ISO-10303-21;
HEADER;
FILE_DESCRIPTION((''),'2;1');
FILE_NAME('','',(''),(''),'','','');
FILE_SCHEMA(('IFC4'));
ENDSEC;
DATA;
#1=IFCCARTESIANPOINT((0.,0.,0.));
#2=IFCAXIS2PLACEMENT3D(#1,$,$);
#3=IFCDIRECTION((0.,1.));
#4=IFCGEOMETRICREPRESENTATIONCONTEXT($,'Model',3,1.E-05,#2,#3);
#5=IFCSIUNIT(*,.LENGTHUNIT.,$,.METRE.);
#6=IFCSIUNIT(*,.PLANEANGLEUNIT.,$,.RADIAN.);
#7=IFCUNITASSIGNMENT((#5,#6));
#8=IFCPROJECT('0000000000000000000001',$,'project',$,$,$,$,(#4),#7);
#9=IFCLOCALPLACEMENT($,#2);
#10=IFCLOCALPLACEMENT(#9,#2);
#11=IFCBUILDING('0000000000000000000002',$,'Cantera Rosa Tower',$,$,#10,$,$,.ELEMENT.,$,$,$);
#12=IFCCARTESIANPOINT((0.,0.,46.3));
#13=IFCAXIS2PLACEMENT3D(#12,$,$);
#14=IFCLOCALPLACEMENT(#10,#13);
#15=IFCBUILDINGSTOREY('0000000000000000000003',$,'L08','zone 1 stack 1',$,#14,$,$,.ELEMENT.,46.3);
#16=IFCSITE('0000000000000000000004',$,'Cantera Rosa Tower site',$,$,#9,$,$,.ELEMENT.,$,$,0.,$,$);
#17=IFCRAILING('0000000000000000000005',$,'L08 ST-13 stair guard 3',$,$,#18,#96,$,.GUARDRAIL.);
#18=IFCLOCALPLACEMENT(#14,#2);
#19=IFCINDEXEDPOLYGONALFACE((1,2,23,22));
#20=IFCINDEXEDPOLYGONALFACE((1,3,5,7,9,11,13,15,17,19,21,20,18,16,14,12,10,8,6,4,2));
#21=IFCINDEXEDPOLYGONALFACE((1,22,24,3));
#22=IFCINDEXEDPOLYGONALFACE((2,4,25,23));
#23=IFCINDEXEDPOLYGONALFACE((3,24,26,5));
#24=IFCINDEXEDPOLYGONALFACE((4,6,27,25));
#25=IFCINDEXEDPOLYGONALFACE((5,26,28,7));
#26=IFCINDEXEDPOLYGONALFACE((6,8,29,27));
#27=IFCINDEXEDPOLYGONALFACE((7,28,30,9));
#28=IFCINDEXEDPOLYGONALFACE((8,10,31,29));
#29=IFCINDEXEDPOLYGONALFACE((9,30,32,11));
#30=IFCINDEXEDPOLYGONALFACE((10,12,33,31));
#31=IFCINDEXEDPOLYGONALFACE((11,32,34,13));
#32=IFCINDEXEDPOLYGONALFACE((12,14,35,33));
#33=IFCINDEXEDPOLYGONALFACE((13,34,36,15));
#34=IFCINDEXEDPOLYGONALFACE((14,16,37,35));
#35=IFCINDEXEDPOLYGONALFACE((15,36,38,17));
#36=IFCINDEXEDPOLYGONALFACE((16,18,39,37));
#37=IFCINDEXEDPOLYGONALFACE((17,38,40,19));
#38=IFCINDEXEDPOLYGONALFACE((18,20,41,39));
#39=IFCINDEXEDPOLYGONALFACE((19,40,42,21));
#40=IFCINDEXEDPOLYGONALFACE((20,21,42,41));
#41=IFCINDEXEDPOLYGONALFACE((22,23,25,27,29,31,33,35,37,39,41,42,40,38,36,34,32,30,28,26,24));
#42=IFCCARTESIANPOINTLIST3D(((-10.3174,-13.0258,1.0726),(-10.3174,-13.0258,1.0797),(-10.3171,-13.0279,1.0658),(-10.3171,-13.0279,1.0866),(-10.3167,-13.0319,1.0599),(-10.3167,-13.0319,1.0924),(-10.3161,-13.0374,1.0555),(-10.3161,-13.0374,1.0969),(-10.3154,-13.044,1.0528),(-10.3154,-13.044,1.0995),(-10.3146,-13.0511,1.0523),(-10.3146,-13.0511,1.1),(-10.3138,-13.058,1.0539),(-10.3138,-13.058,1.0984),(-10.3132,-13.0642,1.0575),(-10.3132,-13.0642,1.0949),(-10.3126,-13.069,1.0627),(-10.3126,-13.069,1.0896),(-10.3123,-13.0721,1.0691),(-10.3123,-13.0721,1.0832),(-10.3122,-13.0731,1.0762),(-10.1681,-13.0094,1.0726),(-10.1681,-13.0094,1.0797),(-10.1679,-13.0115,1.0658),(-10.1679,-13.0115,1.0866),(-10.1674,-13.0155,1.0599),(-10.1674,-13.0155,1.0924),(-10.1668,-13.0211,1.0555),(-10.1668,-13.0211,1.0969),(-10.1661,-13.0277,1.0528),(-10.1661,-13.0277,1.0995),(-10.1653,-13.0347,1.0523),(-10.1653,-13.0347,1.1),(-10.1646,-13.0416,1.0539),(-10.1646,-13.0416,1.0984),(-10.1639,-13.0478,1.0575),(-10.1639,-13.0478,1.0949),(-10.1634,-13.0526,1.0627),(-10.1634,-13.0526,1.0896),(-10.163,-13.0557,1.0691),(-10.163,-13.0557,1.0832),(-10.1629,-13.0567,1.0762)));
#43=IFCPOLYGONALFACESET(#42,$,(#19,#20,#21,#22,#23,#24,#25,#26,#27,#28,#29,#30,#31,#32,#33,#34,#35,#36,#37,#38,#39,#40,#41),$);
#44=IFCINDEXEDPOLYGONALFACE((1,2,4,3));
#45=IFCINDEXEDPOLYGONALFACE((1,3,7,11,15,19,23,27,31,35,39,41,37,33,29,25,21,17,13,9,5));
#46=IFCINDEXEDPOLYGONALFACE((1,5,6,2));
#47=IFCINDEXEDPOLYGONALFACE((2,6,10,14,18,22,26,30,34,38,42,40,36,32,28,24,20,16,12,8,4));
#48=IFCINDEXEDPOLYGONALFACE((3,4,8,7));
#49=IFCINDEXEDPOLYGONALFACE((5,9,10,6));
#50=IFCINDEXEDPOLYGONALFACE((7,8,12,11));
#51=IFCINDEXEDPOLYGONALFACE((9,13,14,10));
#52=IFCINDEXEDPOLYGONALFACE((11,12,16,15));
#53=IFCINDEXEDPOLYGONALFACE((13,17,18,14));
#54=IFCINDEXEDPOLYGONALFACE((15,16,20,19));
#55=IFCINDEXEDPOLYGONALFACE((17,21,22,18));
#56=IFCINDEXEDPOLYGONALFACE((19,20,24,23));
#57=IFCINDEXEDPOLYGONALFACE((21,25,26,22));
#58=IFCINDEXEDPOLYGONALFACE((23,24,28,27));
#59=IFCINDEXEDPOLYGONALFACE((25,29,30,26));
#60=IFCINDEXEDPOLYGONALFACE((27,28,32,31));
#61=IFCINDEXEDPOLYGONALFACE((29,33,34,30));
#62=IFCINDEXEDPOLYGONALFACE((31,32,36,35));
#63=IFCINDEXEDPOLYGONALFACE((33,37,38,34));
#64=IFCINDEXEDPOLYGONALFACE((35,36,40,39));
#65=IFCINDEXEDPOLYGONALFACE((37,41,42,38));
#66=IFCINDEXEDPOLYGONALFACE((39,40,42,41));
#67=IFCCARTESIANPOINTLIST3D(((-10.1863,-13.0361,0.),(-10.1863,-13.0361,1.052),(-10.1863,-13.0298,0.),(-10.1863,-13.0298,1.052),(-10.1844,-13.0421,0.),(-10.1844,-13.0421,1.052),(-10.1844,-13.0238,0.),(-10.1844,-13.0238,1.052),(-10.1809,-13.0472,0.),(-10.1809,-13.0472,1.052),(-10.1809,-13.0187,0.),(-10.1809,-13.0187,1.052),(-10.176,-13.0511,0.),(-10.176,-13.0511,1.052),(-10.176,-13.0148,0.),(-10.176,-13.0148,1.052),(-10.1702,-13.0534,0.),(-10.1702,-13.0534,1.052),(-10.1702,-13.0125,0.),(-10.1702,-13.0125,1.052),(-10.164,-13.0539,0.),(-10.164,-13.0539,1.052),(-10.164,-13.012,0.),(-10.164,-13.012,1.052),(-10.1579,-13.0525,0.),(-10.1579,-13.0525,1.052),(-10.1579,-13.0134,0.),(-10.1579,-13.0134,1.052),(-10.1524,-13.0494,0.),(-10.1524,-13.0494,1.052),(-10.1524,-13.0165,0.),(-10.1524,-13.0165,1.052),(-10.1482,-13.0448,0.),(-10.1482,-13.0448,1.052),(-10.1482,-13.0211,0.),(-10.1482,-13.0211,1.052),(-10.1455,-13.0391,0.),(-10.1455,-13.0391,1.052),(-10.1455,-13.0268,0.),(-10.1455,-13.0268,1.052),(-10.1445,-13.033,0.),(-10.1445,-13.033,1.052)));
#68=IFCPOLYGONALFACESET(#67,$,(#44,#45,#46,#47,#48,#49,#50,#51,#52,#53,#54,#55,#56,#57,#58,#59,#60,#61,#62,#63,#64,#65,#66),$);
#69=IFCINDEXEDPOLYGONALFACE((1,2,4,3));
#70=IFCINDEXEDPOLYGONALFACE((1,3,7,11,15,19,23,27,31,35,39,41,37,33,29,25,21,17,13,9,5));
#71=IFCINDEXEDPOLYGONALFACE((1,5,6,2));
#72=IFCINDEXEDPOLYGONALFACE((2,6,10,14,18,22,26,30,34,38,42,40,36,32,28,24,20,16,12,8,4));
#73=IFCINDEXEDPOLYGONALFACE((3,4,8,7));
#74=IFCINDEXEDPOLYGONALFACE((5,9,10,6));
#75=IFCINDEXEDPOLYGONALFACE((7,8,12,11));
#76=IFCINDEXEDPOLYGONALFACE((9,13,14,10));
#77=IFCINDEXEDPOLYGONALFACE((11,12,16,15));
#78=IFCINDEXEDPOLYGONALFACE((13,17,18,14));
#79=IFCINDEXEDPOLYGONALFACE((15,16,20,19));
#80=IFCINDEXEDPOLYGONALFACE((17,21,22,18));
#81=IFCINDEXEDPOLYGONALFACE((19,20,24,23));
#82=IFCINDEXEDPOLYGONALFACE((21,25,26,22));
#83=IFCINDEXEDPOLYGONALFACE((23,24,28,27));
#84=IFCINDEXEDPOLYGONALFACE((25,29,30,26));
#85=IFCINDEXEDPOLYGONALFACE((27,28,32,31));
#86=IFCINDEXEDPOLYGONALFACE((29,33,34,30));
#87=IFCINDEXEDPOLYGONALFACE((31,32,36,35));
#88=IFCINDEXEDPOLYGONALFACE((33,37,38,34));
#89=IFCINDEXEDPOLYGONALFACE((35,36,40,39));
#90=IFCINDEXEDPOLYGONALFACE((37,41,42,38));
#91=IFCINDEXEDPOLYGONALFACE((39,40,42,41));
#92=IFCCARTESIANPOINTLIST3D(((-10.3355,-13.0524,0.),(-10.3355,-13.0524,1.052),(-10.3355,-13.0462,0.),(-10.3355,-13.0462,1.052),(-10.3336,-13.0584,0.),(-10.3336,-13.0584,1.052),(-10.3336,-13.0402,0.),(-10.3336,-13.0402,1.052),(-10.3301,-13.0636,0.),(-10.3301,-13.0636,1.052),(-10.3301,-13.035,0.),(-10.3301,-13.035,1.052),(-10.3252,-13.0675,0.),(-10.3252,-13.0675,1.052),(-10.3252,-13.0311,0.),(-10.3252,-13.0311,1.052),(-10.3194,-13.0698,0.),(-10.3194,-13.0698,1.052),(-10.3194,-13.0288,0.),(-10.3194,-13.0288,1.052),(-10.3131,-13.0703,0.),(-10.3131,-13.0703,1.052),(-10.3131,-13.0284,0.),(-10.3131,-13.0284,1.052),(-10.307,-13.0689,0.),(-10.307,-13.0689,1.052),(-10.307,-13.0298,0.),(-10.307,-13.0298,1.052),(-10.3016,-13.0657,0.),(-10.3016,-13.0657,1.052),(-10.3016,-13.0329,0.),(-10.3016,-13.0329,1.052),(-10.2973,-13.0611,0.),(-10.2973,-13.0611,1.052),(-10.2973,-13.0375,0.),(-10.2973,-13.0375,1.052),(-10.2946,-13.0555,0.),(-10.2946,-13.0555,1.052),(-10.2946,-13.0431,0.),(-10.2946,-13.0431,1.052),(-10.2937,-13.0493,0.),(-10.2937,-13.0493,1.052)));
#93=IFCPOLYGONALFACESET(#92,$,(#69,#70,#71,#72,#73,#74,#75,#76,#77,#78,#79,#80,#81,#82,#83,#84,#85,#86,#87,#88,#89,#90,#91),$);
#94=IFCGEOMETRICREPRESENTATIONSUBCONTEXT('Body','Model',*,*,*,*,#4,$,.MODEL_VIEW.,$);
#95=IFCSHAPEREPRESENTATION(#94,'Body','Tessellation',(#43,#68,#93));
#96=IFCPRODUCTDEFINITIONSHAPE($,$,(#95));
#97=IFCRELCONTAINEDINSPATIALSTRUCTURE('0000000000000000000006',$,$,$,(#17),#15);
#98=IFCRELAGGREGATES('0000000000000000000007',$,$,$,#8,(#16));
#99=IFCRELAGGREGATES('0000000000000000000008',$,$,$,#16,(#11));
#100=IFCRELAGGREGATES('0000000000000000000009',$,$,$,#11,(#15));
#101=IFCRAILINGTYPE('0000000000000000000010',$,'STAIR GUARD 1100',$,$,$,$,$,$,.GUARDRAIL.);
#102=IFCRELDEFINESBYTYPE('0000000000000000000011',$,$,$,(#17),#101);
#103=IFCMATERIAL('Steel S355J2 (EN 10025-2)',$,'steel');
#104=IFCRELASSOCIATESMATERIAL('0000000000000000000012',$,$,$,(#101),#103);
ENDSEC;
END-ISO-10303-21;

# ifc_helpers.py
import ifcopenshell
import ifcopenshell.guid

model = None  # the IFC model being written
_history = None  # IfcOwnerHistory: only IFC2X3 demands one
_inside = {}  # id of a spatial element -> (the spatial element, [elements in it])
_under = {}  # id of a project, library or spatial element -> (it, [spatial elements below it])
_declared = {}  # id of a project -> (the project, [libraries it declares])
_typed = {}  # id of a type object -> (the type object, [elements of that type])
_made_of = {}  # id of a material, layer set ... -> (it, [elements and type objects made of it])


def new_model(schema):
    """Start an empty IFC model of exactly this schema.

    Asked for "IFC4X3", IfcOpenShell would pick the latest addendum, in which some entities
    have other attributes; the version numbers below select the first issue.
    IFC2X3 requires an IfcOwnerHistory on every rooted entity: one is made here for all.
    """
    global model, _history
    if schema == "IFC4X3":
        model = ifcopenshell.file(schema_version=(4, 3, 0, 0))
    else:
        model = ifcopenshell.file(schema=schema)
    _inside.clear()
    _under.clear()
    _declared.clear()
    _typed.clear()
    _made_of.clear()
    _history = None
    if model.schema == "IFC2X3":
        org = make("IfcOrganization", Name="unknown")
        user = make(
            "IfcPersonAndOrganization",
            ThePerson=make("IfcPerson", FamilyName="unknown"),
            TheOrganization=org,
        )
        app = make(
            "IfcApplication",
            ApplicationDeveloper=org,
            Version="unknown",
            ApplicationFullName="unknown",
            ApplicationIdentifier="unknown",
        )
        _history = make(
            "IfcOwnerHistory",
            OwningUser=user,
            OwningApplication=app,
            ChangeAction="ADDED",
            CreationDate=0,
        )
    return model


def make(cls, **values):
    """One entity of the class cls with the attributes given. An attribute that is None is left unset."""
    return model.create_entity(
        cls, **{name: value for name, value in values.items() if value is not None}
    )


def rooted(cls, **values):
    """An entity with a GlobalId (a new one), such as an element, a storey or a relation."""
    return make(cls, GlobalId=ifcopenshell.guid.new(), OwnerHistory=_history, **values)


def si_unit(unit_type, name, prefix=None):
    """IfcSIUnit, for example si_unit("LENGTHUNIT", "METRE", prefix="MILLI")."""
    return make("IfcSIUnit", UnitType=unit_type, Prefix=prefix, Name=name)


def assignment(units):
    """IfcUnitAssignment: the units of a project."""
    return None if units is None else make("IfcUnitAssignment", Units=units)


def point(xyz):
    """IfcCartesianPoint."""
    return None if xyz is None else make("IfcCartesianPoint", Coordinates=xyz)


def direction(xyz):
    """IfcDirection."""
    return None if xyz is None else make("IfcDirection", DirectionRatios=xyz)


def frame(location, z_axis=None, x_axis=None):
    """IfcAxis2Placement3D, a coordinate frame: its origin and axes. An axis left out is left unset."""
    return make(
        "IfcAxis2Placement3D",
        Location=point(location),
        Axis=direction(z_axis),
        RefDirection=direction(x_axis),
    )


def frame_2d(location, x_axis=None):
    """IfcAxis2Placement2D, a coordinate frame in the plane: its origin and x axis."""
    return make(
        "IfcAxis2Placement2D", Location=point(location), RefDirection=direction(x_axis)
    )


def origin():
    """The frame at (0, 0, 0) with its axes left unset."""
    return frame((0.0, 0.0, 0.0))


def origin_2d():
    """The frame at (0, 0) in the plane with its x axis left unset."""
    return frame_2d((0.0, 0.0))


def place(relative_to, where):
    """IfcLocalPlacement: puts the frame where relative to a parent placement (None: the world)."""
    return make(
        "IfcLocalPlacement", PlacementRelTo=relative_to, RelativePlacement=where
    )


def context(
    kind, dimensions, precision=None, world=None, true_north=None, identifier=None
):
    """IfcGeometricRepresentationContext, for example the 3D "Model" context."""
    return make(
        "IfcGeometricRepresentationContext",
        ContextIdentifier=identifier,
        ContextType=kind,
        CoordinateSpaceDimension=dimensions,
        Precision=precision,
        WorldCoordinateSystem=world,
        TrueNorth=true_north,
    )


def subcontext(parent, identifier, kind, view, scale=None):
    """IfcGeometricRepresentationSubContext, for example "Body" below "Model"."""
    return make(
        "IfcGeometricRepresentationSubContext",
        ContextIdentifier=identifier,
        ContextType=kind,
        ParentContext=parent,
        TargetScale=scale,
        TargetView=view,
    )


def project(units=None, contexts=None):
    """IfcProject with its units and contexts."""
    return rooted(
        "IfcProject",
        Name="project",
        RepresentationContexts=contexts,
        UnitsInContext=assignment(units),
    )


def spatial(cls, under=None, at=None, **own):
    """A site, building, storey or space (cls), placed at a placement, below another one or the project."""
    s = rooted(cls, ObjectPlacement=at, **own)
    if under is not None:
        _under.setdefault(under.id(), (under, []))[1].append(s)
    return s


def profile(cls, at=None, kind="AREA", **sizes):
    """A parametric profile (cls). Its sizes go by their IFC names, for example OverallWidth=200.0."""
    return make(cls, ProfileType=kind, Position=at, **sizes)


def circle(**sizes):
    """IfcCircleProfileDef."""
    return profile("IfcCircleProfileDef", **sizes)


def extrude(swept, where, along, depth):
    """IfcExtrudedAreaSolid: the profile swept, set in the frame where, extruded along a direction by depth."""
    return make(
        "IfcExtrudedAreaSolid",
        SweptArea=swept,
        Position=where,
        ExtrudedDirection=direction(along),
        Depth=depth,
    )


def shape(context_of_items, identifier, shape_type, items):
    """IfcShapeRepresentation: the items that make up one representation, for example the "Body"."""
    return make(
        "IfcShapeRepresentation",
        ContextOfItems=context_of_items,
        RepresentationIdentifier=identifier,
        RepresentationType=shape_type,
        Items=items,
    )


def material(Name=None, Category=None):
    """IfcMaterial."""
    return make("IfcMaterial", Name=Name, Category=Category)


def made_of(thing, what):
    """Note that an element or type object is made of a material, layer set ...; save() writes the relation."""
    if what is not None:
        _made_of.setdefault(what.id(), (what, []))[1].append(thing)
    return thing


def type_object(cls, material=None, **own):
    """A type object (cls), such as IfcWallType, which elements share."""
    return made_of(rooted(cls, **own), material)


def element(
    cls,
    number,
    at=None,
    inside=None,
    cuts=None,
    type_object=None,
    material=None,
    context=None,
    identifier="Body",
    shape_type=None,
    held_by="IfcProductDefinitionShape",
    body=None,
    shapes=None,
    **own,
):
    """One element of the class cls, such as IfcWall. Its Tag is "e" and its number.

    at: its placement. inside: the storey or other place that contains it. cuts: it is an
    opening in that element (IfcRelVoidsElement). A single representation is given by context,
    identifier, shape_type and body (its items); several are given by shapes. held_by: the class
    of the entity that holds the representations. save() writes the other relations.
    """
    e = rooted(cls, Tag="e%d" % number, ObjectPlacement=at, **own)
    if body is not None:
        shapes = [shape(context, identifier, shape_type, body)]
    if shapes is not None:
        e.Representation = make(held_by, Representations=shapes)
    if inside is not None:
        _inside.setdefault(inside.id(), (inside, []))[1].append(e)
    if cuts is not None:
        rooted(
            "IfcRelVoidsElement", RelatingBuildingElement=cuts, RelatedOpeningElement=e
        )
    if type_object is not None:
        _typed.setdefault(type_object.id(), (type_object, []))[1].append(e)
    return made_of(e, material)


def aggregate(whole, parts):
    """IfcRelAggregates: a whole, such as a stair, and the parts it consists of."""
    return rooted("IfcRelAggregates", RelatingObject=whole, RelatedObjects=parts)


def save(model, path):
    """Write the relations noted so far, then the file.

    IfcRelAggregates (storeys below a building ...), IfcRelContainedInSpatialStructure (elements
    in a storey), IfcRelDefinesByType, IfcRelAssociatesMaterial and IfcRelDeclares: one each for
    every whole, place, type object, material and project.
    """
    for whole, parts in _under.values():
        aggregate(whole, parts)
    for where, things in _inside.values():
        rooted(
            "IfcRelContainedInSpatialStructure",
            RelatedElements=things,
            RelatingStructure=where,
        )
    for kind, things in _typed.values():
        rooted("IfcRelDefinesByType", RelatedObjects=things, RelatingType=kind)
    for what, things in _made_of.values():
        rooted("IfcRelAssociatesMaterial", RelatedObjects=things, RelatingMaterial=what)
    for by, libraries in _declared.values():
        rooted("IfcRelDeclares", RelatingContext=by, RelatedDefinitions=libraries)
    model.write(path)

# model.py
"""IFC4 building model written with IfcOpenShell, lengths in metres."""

from ifc_helpers import new_model, si_unit, direction, frame, origin, origin_2d, place, context, subcontext, project, spatial, circle, extrude, material, type_object, element, save


model = new_model("IFC4")

# Units and contexts
model_context = context("Model", 3, precision=1e-05, world=origin(), true_north=direction((0.0, 1.0)))
body_context = subcontext(model_context, "Body", "Model", "MODEL_VIEW")
ifc_project = project(units=[si_unit("LENGTHUNIT", "METRE"), si_unit("PLANEANGLEUNIT", "RADIAN")], contexts=[model_context])

# Site, building, storey
site_placement = place(None, origin())
site = spatial("IfcSite", under=ifc_project, at=site_placement, Name="Cantera Rosa Tower site", CompositionType="ELEMENT", RefElevation=0.0)
building_placement = place(site_placement, origin())
building = spatial("IfcBuilding", under=site, at=building_placement, Name="Cantera Rosa Tower", CompositionType="ELEMENT")
storey_placement = place(building_placement, frame((0.0, 0.0, 46.3)))
storey = spatial("IfcBuildingStorey", under=building, at=storey_placement, Name="L08", Description="zone 1 stack 1", CompositionType="ELEMENT", Elevation=46.3)

# Railing
ifc_material_1 = material(Name="Steel S355J2 (EN 10025-2)", Category="steel")
railing_type_1 = type_object("IfcRailingType", Name="STAIR GUARD 1100", PredefinedType="GUARDRAIL", material=ifc_material_1)
railing_1_placement = place(storey_placement, frame((-10.1655, -13.033, 0.0)))
element("IfcRailing", 1, at=railing_1_placement, inside=storey, type_object=railing_type_1, Name="L08 ST-13 stair guard 3", PredefinedType="GUARDRAIL", context=body_context, shape_type="SweptSolid", body=[
    extrude(circle(Radius=0.0239, at=origin_2d()), frame((0.0, 0.0, 1.0762), z_axis=(-0.994041, -0.109003, 0.0), x_axis=(0.109003, -0.994041, 0.0)), (0.0, 0.0, 1.0), 0.1501),
    extrude(circle(Radius=0.021, at=origin_2d()), origin(), (0.0, 0.0, 1.0), 1.052),
    extrude(circle(Radius=0.021, at=origin_2d()), frame((-0.1492, -0.0164, 0.0)), (0.0, 0.0, 1.0), 1.052),
])

save(model, "model.ifc")
